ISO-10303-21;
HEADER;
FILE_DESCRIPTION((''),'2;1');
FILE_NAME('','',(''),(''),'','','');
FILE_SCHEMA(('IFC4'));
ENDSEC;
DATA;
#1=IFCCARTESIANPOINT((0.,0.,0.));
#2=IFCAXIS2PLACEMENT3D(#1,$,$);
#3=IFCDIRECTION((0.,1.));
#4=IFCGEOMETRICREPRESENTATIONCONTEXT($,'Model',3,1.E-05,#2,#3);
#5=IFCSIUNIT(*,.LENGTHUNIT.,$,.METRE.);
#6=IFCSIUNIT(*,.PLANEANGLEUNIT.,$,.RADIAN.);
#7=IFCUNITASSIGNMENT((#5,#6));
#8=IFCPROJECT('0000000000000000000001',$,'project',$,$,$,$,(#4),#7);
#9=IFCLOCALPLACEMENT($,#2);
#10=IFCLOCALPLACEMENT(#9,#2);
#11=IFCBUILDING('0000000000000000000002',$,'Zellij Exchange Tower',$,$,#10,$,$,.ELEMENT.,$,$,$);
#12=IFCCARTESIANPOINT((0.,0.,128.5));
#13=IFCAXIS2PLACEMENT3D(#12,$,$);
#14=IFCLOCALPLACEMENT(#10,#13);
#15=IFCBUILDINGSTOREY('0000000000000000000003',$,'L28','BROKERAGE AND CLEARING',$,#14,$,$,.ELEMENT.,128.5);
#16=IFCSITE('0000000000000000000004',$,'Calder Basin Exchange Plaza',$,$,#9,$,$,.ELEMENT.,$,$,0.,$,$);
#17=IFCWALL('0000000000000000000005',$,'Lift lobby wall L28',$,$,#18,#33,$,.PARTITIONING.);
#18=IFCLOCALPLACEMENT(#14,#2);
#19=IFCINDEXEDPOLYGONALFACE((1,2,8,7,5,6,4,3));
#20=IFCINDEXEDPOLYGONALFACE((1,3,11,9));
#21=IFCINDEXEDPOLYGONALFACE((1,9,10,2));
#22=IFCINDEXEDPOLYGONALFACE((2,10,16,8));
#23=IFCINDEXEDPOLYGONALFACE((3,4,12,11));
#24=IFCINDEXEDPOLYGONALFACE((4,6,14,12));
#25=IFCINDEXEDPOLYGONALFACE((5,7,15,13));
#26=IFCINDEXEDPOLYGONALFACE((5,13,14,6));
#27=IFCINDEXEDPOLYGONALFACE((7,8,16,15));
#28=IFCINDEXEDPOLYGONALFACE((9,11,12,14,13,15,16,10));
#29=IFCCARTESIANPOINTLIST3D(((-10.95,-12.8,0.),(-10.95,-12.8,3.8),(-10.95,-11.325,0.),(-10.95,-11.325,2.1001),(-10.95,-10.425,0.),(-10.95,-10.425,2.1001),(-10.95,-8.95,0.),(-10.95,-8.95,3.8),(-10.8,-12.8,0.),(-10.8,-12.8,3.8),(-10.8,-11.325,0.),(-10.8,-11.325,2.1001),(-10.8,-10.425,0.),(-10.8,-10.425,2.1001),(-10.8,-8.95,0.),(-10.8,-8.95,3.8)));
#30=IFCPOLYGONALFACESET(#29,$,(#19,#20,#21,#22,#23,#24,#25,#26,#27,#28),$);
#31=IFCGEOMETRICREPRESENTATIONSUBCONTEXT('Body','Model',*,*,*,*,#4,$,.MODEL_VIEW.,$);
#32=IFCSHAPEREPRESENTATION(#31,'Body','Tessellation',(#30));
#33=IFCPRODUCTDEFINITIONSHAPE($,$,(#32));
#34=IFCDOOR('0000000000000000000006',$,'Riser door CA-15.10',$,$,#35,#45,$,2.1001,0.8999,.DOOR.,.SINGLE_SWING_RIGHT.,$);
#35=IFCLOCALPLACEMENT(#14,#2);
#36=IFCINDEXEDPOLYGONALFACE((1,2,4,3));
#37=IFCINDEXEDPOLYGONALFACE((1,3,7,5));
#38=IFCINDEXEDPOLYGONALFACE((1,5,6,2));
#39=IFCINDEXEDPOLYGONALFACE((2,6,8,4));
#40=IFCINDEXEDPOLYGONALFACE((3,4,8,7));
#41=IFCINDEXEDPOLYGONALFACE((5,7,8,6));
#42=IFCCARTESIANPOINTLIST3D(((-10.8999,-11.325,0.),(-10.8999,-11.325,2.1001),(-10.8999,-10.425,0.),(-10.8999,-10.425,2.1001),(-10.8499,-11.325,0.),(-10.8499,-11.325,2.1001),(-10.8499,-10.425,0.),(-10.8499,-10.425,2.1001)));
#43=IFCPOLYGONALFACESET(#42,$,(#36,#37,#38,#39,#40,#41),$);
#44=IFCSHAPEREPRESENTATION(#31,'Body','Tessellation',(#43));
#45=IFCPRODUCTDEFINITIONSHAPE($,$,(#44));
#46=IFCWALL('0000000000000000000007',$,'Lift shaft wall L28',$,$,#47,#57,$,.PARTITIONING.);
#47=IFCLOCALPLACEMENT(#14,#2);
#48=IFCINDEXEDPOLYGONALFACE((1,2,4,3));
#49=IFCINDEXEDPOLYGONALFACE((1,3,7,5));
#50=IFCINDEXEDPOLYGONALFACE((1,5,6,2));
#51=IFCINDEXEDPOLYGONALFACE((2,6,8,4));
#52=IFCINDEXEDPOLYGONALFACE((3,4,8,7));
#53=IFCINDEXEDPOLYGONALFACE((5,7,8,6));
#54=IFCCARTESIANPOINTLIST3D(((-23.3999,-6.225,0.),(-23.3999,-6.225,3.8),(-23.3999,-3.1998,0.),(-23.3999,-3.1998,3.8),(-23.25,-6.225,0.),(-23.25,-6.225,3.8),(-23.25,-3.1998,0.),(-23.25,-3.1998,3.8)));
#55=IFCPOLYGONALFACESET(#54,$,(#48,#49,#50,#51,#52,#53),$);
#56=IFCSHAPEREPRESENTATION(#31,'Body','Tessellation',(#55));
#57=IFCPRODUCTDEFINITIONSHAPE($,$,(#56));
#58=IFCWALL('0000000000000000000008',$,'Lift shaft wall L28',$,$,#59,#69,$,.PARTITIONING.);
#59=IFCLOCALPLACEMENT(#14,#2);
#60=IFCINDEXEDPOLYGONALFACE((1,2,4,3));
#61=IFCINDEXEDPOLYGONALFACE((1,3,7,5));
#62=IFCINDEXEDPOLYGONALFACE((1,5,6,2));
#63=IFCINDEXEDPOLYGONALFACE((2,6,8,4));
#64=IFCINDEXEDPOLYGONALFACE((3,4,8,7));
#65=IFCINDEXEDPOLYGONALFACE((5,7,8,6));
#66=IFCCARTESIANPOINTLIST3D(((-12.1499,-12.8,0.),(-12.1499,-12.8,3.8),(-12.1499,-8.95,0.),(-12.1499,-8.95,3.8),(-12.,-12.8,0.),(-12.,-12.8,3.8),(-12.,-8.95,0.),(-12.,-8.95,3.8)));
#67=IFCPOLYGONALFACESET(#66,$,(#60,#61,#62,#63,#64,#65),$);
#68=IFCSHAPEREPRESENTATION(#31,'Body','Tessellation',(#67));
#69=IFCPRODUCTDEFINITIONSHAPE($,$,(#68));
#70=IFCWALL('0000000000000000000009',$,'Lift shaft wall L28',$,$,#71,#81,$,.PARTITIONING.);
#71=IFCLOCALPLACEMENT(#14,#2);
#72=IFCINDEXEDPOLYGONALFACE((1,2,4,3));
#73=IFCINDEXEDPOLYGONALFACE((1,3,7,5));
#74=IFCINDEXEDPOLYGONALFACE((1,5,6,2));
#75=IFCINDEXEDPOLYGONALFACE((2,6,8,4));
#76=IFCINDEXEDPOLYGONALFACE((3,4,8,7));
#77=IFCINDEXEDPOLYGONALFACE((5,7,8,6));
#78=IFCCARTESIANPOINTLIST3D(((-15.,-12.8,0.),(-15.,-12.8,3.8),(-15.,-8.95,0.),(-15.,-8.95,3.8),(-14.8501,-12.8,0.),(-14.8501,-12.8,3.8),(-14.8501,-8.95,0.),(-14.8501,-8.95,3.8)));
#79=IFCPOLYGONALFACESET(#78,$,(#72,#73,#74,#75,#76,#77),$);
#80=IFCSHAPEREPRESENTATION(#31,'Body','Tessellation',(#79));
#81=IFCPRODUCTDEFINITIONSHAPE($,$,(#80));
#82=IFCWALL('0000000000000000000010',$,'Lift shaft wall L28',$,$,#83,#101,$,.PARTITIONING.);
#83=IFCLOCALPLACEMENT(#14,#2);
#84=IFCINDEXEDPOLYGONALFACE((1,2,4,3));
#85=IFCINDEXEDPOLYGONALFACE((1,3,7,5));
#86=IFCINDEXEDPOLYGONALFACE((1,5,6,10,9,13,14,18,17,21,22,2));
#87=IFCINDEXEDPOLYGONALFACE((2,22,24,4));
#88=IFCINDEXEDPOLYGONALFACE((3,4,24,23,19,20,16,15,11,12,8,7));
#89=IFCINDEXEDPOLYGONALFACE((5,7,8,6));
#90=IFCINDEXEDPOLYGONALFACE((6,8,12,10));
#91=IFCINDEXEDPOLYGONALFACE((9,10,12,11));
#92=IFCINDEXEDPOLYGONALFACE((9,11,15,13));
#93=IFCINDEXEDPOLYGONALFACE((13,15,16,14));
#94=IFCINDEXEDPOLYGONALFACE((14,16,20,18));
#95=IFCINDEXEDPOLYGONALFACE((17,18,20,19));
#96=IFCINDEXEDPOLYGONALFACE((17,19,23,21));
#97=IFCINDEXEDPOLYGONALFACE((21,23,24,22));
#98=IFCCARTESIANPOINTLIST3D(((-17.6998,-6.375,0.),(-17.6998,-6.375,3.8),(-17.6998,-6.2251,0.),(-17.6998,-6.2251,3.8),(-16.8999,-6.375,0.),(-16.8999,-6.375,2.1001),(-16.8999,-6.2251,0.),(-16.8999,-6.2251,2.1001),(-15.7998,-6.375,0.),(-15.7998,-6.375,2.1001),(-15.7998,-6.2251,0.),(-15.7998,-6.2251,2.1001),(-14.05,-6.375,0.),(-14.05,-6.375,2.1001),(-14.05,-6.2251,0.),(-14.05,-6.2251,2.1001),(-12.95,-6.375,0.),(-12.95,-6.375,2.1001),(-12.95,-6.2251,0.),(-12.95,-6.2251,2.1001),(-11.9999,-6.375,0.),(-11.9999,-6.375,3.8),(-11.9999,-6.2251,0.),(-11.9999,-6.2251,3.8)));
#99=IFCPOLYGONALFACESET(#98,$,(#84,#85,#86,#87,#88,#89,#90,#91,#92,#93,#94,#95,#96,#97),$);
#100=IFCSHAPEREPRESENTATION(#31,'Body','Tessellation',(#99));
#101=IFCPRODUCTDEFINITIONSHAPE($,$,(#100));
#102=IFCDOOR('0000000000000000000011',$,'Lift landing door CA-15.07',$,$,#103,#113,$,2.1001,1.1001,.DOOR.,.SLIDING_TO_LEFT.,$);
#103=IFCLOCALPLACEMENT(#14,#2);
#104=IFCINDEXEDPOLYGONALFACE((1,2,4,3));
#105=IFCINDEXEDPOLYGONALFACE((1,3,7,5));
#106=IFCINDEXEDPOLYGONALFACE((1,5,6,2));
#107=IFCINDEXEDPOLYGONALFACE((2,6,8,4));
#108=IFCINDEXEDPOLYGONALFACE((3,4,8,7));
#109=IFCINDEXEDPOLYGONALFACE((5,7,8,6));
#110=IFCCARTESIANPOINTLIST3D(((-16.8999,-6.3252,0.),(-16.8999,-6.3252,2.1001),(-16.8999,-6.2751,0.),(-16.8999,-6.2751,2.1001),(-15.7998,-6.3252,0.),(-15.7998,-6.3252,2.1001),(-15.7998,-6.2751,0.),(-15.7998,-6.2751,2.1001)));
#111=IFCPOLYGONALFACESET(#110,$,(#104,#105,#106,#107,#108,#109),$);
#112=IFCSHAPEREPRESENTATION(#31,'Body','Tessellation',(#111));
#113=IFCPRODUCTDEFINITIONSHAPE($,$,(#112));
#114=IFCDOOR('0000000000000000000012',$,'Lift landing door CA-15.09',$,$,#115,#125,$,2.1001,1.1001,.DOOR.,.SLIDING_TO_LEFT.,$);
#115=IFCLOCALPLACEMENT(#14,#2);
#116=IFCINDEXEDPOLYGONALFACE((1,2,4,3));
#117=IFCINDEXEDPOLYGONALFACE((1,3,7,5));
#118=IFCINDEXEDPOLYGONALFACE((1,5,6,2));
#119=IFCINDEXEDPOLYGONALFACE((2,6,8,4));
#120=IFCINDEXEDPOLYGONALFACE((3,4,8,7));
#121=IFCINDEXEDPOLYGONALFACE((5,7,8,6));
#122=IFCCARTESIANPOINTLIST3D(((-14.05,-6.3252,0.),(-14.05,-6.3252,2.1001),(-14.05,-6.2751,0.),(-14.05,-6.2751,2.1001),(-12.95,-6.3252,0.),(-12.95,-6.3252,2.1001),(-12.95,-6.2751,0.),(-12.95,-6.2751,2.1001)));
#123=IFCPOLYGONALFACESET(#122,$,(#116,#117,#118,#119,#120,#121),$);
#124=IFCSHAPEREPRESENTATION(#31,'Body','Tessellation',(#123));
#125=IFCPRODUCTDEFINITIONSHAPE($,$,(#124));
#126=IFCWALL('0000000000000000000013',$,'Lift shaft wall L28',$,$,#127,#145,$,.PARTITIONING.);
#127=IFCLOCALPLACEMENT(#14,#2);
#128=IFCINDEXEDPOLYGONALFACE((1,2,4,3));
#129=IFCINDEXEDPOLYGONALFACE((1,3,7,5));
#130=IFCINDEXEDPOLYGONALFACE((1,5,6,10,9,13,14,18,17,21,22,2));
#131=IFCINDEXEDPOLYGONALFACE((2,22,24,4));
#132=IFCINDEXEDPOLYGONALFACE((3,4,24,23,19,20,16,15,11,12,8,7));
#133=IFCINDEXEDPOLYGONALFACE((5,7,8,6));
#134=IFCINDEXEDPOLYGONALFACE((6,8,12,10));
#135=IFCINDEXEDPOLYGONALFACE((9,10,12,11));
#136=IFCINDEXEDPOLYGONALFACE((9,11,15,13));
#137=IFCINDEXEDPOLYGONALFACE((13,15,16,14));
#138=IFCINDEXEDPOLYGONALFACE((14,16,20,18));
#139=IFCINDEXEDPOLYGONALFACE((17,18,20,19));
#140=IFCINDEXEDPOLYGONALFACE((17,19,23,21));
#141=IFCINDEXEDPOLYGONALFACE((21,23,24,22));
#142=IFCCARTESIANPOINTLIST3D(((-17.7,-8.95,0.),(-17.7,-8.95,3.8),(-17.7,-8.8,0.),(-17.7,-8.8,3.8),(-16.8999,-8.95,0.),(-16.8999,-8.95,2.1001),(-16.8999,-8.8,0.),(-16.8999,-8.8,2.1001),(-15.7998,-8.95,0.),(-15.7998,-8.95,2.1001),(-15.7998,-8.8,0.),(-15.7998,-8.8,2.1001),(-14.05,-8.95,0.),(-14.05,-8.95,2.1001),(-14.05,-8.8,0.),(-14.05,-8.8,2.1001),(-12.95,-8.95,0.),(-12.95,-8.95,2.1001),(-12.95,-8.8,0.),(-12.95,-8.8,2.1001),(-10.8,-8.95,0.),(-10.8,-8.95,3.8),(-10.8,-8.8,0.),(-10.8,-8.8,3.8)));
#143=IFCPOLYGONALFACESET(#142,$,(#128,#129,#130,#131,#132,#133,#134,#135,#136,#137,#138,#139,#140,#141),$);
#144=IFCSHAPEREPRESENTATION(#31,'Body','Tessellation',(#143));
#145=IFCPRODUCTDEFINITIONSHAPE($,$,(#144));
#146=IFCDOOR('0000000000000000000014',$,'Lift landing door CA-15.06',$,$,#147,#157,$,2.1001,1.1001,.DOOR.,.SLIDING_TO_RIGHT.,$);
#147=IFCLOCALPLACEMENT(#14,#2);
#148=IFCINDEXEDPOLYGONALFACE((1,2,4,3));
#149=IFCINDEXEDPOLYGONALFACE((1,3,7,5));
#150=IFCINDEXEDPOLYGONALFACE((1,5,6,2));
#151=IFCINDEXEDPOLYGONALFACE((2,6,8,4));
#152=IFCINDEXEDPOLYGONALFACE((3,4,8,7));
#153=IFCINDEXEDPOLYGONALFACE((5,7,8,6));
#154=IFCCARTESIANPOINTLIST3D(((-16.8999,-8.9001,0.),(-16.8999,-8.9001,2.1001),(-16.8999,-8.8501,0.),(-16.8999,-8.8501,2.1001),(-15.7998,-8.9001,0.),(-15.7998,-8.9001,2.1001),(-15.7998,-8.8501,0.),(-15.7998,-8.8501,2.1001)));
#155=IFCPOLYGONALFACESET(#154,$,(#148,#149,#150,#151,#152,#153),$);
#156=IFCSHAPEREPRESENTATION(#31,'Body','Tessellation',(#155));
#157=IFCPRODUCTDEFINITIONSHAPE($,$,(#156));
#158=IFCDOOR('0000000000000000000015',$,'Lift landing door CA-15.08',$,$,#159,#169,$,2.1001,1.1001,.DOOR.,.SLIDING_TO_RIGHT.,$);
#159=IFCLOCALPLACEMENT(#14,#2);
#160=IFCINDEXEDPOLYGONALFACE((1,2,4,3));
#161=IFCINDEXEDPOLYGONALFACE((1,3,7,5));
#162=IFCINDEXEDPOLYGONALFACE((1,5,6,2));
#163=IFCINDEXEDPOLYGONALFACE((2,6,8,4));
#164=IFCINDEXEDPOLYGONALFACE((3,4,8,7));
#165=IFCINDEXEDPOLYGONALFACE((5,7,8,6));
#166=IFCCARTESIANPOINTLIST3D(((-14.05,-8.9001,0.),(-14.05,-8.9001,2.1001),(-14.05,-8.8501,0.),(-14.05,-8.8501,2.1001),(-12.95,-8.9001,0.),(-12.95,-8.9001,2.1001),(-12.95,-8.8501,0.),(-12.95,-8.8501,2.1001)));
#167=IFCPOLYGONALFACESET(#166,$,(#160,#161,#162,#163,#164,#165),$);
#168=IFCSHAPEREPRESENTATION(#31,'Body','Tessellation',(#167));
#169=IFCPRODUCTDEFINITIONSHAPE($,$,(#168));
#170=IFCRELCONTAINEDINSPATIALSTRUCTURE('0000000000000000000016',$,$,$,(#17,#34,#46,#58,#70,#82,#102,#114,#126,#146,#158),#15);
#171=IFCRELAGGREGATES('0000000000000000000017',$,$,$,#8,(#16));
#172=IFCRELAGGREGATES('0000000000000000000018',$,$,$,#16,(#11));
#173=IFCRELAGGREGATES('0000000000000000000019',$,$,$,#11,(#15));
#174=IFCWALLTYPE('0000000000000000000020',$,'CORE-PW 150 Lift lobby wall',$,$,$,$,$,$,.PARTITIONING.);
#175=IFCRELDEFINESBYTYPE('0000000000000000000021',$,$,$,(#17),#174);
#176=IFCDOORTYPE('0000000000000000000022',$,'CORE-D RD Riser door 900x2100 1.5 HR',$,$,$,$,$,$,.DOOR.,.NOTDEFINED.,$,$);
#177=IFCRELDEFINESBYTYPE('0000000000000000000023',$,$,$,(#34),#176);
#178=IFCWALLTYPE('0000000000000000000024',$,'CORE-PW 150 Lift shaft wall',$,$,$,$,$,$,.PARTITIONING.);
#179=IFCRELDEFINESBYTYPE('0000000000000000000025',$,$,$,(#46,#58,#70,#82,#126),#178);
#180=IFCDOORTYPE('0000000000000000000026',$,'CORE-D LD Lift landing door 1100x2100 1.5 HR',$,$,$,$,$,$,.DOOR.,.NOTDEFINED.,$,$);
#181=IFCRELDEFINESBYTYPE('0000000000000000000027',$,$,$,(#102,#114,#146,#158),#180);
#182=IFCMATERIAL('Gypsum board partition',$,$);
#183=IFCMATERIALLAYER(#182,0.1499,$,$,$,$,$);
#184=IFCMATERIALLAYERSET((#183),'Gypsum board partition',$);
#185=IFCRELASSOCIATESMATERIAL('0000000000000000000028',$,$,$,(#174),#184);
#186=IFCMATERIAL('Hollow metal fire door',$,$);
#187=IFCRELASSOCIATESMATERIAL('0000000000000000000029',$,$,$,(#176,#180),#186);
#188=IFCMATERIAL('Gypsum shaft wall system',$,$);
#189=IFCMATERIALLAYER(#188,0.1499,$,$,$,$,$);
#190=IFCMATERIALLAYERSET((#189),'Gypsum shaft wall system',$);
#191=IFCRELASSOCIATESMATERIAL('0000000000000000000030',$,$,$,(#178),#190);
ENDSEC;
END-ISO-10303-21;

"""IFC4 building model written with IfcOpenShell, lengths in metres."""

from ifc_helpers import new_model, si_unit, direction, frame, frame_2d, origin, place, context, subcontext, project, spatial, rectangle, extrude, material, layer, layer_set, type_object, element, fill, save


model = new_model("IFC4")

# Units and contexts
model_context = context("Model", 3, precision=1e-05, world=origin(), true_north=direction((0.0, 1.0)))
body_context = subcontext(model_context, "Body", "Model", "MODEL_VIEW")
ifc_project = project(units=[si_unit("LENGTHUNIT", "METRE"), si_unit("PLANEANGLEUNIT", "RADIAN")], contexts=[model_context])

# Site, building, storey
site_placement = place(None, origin())
site = spatial("IfcSite", under=ifc_project, at=site_placement, Name="Calder Basin Exchange Plaza", CompositionType="ELEMENT", RefElevation=0.0)
building_placement = place(site_placement, origin())
building = spatial("IfcBuilding", under=site, at=building_placement, Name="Zellij Exchange Tower", CompositionType="ELEMENT")
storey_placement = place(building_placement, frame((0.0, 0.0, 128.5)))
storey = spatial("IfcBuildingStorey", under=building, at=storey_placement, Name="L28", Description="BROKERAGE AND CLEARING", CompositionType="ELEMENT", Elevation=128.5)

# Wall, opening, door
ifc_material_1 = material(Name="Gypsum board partition")
ifc_layer_1 = layer(ifc_material_1, 0.1499)
ifc_layer_set_1 = layer_set([ifc_layer_1], Name="Gypsum board partition")
wall_type_1 = type_object("IfcWallType", Name="CORE-PW 150 Lift lobby wall", PredefinedType="PARTITIONING", material=ifc_layer_set_1)
wall_1_placement = place(storey_placement, frame((-10.875, -12.8, 0.0), z_axis=(0.0, 0.0, 1.0), x_axis=(0.0, 1.0, 0.0)))
wall_1 = element("IfcWall", 1, at=wall_1_placement, inside=storey, type_object=wall_type_1, Name="Lift lobby wall L28", PredefinedType="PARTITIONING", context=body_context, shape_type="SweptSolid", body=[
    extrude(rectangle(XDim=3.8501, YDim=0.1499, at=frame_2d((1.925, 0.0))), origin(), (0.0, 0.0, 1.0), 3.8),
])
opening_1_placement = place(wall_1_placement, frame((1.4751, 0.0, 0.0)))
opening_1 = element("IfcOpeningElement", 2, at=opening_1_placement, cuts=wall_1, PredefinedType="OPENING", context=body_context, shape_type="SweptSolid", body=[
    extrude(rectangle(XDim=0.8999, YDim=2.1001, at=frame_2d((0.45, 1.05))), frame((0.0, 0.0869, 0.0), z_axis=(0.0, -1.0, 0.0), x_axis=(1.0, 0.0, 0.0)), (0.0, 0.0, 1.0), 0.1738),
])
ifc_material_2 = material(Name="Hollow metal fire door")
door_type_1 = type_object("IfcDoorType", Name="CORE-D RD Riser door 900x2100 1.5 HR", OperationType="NOTDEFINED", PredefinedType="DOOR", material=ifc_material_2)
door_1_placement = place(opening_1_placement, origin())
door_1 = element("IfcDoor", 3, at=door_1_placement, inside=storey, type_object=door_type_1, Name="Riser door CA-15.10", OperationType="SINGLE_SWING_RIGHT", OverallHeight=2.1001, OverallWidth=0.8999, PredefinedType="DOOR", context=body_context, shape_type="SweptSolid", body=[
    extrude(rectangle(XDim=0.8999, YDim=2.1001, at=frame_2d((0.45, 1.05))), frame((0.0, 0.0249, 0.0), z_axis=(0.0, -1.0, 0.0), x_axis=(1.0, 0.0, 0.0)), (0.0, 0.0, 1.0), 0.05),
])
fill(opening_1, door_1)

# Walls
ifc_material_3 = material(Name="Gypsum shaft wall system")
ifc_layer_2 = layer(ifc_material_3, 0.1499)
ifc_layer_set_2 = layer_set([ifc_layer_2], Name="Gypsum shaft wall system")
wall_type_2 = type_object("IfcWallType", Name="CORE-PW 150 Lift shaft wall", PredefinedType="PARTITIONING", material=ifc_layer_set_2)
wall_2_placement = place(storey_placement, frame((-23.325, -6.2251, 0.0), z_axis=(0.0, 0.0, 1.0), x_axis=(0.0, 1.0, 0.0)))
element("IfcWall", 4, at=wall_2_placement, inside=storey, type_object=wall_type_2, Name="Lift shaft wall L28", PredefinedType="PARTITIONING", context=body_context, shape_type="SweptSolid", body=[
    extrude(rectangle(XDim=3.0251, YDim=0.1499, at=frame_2d((1.5127, 0.0))), origin(), (0.0, 0.0, 1.0), 3.8),
])
for number, where, z_axis, x_axis, name in (
    (5, (-12.075, -12.8, 0.0), (0.0, 0.0, 1.0), (0.0, 1.0, 0.0), "Lift shaft wall L28"),
    (6, (-14.925, -12.8, 0.0), (0.0, 0.0, 1.0), (0.0, 1.0, 0.0), "Lift shaft wall L28"),
):
    element("IfcWall", number, at=place(storey_placement, frame(where, z_axis=z_axis, x_axis=x_axis)), inside=storey, type_object=wall_type_2, Name=name, PredefinedType="PARTITIONING", context=body_context, shape_type="SweptSolid", body=[
        extrude(rectangle(XDim=3.8501, YDim=0.1499, at=frame_2d((1.925, 0.0))), origin(), (0.0, 0.0, 1.0), 3.8),
    ])

# Walls, openings, doors
wall_3_placement = place(storey_placement, frame((-17.7, -6.3, 0.0), z_axis=(0.0, 0.0, 1.0), x_axis=(1.0, 0.0, 0.0)))
wall_3 = element("IfcWall", 7, at=wall_3_placement, inside=storey, type_object=wall_type_2, Name="Lift shaft wall L28", PredefinedType="PARTITIONING", context=body_context, shape_type="SweptSolid", body=[
    extrude(rectangle(XDim=5.7, YDim=0.1499, at=frame_2d((2.8501, 0.0))), origin(), (0.0, 0.0, 1.0), 3.8),
])
opening_2_placement = place(wall_3_placement, frame((0.8, 0.0, 0.0)))
opening_2 = element("IfcOpeningElement", 8, at=opening_2_placement, cuts=wall_3, PredefinedType="OPENING", context=body_context, shape_type="SweptSolid", body=[
    extrude(rectangle(XDim=1.1001, YDim=2.1001, at=frame_2d((0.55, 1.05))), frame((0.0, 0.0869, 0.0), z_axis=(0.0, -1.0, 0.0), x_axis=(1.0, 0.0, 0.0)), (0.0, 0.0, 1.0), 0.1738),
])
opening_3_placement = place(wall_3_placement, frame((3.6499, 0.0, 0.0)))
opening_3 = element("IfcOpeningElement", 9, at=opening_3_placement, cuts=wall_3, PredefinedType="OPENING", context=body_context, shape_type="SweptSolid", body=[
    extrude(rectangle(XDim=1.1001, YDim=2.1001, at=frame_2d((0.55, 1.05))), frame((0.0, 0.0869, 0.0), z_axis=(0.0, -1.0, 0.0), x_axis=(1.0, 0.0, 0.0)), (0.0, 0.0, 1.0), 0.1738),
])
door_type_2 = type_object("IfcDoorType", Name="CORE-D LD Lift landing door 1100x2100 1.5 HR", OperationType="NOTDEFINED", PredefinedType="DOOR", material=ifc_material_2)
door_2_placement = place(opening_2_placement, origin())
door_2 = element("IfcDoor", 10, at=door_2_placement, inside=storey, type_object=door_type_2, Name="Lift landing door CA-15.07", OperationType="SLIDING_TO_LEFT", OverallHeight=2.1001, OverallWidth=1.1001, PredefinedType="DOOR", context=body_context, shape_type="SweptSolid", body=[
    extrude(rectangle(XDim=1.1001, YDim=2.1001, at=frame_2d((0.55, 1.05))), frame((0.0, 0.0249, 0.0), z_axis=(0.0, -1.0, 0.0), x_axis=(1.0, 0.0, 0.0)), (0.0, 0.0, 1.0), 0.05),
])
fill(opening_2, door_2)
door_3_placement = place(opening_3_placement, origin())
door_3 = element("IfcDoor", 11, at=door_3_placement, inside=storey, type_object=door_type_2, Name="Lift landing door CA-15.09", OperationType="SLIDING_TO_LEFT", OverallHeight=2.1001, OverallWidth=1.1001, PredefinedType="DOOR", context=body_context, shape_type="SweptSolid", body=[
    extrude(rectangle(XDim=1.1001, YDim=2.1001, at=frame_2d((0.55, 1.05))), frame((0.0, 0.0249, 0.0), z_axis=(0.0, -1.0, 0.0), x_axis=(1.0, 0.0, 0.0)), (0.0, 0.0, 1.0), 0.05),
])
fill(opening_3, door_3)
wall_4_placement = place(storey_placement, frame((-17.7, -8.875, 0.0), z_axis=(0.0, 0.0, 1.0), x_axis=(1.0, 0.0, 0.0)))
wall_4 = element("IfcWall", 12, at=wall_4_placement, inside=storey, type_object=wall_type_2, Name="Lift shaft wall L28", PredefinedType="PARTITIONING", context=body_context, shape_type="SweptSolid", body=[
    extrude(rectangle(XDim=6.8999, YDim=0.1499, at=frame_2d((3.45, 0.0))), origin(), (0.0, 0.0, 1.0), 3.8),
])
opening_4_placement = place(wall_4_placement, frame((0.8, 0.0, 0.0)))
opening_4 = element("IfcOpeningElement", 13, at=opening_4_placement, cuts=wall_4, PredefinedType="OPENING", context=body_context, shape_type="SweptSolid", body=[
    extrude(rectangle(XDim=1.1001, YDim=2.1001, at=frame_2d((0.55, 1.05))), frame((0.0, 0.0869, 0.0), z_axis=(0.0, -1.0, 0.0), x_axis=(1.0, 0.0, 0.0)), (0.0, 0.0, 1.0), 0.1738),
])
opening_5_placement = place(wall_4_placement, frame((3.6499, 0.0, 0.0)))
opening_5 = element("IfcOpeningElement", 14, at=opening_5_placement, cuts=wall_4, PredefinedType="OPENING", context=body_context, shape_type="SweptSolid", body=[
    extrude(rectangle(XDim=1.1001, YDim=2.1001, at=frame_2d((0.55, 1.05))), frame((0.0, 0.0869, 0.0), z_axis=(0.0, -1.0, 0.0), x_axis=(1.0, 0.0, 0.0)), (0.0, 0.0, 1.0), 0.1738),
])
door_4_placement = place(opening_4_placement, origin())
door_4 = element("IfcDoor", 15, at=door_4_placement, inside=storey, type_object=door_type_2, Name="Lift landing door CA-15.06", OperationType="SLIDING_TO_RIGHT", OverallHeight=2.1001, OverallWidth=1.1001, PredefinedType="DOOR", context=body_context, shape_type="SweptSolid", body=[
    extrude(rectangle(XDim=1.1001, YDim=2.1001, at=frame_2d((0.55, 1.05))), frame((0.0, 0.0249, 0.0), z_axis=(0.0, -1.0, 0.0), x_axis=(1.0, 0.0, 0.0)), (0.0, 0.0, 1.0), 0.05),
])
fill(opening_4, door_4)
door_5_placement = place(opening_5_placement, origin())
door_5 = element("IfcDoor", 16, at=door_5_placement, inside=storey, type_object=door_type_2, Name="Lift landing door CA-15.08", OperationType="SLIDING_TO_RIGHT", OverallHeight=2.1001, OverallWidth=1.1001, PredefinedType="DOOR", context=body_context, shape_type="SweptSolid", body=[
    extrude(rectangle(XDim=1.1001, YDim=2.1001, at=frame_2d((0.55, 1.05))), frame((0.0, 0.0249, 0.0), z_axis=(0.0, -1.0, 0.0), x_axis=(1.0, 0.0, 0.0)), (0.0, 0.0, 1.0), 0.05),
])
fill(opening_5, door_5)

save(model, "model.ifc")
